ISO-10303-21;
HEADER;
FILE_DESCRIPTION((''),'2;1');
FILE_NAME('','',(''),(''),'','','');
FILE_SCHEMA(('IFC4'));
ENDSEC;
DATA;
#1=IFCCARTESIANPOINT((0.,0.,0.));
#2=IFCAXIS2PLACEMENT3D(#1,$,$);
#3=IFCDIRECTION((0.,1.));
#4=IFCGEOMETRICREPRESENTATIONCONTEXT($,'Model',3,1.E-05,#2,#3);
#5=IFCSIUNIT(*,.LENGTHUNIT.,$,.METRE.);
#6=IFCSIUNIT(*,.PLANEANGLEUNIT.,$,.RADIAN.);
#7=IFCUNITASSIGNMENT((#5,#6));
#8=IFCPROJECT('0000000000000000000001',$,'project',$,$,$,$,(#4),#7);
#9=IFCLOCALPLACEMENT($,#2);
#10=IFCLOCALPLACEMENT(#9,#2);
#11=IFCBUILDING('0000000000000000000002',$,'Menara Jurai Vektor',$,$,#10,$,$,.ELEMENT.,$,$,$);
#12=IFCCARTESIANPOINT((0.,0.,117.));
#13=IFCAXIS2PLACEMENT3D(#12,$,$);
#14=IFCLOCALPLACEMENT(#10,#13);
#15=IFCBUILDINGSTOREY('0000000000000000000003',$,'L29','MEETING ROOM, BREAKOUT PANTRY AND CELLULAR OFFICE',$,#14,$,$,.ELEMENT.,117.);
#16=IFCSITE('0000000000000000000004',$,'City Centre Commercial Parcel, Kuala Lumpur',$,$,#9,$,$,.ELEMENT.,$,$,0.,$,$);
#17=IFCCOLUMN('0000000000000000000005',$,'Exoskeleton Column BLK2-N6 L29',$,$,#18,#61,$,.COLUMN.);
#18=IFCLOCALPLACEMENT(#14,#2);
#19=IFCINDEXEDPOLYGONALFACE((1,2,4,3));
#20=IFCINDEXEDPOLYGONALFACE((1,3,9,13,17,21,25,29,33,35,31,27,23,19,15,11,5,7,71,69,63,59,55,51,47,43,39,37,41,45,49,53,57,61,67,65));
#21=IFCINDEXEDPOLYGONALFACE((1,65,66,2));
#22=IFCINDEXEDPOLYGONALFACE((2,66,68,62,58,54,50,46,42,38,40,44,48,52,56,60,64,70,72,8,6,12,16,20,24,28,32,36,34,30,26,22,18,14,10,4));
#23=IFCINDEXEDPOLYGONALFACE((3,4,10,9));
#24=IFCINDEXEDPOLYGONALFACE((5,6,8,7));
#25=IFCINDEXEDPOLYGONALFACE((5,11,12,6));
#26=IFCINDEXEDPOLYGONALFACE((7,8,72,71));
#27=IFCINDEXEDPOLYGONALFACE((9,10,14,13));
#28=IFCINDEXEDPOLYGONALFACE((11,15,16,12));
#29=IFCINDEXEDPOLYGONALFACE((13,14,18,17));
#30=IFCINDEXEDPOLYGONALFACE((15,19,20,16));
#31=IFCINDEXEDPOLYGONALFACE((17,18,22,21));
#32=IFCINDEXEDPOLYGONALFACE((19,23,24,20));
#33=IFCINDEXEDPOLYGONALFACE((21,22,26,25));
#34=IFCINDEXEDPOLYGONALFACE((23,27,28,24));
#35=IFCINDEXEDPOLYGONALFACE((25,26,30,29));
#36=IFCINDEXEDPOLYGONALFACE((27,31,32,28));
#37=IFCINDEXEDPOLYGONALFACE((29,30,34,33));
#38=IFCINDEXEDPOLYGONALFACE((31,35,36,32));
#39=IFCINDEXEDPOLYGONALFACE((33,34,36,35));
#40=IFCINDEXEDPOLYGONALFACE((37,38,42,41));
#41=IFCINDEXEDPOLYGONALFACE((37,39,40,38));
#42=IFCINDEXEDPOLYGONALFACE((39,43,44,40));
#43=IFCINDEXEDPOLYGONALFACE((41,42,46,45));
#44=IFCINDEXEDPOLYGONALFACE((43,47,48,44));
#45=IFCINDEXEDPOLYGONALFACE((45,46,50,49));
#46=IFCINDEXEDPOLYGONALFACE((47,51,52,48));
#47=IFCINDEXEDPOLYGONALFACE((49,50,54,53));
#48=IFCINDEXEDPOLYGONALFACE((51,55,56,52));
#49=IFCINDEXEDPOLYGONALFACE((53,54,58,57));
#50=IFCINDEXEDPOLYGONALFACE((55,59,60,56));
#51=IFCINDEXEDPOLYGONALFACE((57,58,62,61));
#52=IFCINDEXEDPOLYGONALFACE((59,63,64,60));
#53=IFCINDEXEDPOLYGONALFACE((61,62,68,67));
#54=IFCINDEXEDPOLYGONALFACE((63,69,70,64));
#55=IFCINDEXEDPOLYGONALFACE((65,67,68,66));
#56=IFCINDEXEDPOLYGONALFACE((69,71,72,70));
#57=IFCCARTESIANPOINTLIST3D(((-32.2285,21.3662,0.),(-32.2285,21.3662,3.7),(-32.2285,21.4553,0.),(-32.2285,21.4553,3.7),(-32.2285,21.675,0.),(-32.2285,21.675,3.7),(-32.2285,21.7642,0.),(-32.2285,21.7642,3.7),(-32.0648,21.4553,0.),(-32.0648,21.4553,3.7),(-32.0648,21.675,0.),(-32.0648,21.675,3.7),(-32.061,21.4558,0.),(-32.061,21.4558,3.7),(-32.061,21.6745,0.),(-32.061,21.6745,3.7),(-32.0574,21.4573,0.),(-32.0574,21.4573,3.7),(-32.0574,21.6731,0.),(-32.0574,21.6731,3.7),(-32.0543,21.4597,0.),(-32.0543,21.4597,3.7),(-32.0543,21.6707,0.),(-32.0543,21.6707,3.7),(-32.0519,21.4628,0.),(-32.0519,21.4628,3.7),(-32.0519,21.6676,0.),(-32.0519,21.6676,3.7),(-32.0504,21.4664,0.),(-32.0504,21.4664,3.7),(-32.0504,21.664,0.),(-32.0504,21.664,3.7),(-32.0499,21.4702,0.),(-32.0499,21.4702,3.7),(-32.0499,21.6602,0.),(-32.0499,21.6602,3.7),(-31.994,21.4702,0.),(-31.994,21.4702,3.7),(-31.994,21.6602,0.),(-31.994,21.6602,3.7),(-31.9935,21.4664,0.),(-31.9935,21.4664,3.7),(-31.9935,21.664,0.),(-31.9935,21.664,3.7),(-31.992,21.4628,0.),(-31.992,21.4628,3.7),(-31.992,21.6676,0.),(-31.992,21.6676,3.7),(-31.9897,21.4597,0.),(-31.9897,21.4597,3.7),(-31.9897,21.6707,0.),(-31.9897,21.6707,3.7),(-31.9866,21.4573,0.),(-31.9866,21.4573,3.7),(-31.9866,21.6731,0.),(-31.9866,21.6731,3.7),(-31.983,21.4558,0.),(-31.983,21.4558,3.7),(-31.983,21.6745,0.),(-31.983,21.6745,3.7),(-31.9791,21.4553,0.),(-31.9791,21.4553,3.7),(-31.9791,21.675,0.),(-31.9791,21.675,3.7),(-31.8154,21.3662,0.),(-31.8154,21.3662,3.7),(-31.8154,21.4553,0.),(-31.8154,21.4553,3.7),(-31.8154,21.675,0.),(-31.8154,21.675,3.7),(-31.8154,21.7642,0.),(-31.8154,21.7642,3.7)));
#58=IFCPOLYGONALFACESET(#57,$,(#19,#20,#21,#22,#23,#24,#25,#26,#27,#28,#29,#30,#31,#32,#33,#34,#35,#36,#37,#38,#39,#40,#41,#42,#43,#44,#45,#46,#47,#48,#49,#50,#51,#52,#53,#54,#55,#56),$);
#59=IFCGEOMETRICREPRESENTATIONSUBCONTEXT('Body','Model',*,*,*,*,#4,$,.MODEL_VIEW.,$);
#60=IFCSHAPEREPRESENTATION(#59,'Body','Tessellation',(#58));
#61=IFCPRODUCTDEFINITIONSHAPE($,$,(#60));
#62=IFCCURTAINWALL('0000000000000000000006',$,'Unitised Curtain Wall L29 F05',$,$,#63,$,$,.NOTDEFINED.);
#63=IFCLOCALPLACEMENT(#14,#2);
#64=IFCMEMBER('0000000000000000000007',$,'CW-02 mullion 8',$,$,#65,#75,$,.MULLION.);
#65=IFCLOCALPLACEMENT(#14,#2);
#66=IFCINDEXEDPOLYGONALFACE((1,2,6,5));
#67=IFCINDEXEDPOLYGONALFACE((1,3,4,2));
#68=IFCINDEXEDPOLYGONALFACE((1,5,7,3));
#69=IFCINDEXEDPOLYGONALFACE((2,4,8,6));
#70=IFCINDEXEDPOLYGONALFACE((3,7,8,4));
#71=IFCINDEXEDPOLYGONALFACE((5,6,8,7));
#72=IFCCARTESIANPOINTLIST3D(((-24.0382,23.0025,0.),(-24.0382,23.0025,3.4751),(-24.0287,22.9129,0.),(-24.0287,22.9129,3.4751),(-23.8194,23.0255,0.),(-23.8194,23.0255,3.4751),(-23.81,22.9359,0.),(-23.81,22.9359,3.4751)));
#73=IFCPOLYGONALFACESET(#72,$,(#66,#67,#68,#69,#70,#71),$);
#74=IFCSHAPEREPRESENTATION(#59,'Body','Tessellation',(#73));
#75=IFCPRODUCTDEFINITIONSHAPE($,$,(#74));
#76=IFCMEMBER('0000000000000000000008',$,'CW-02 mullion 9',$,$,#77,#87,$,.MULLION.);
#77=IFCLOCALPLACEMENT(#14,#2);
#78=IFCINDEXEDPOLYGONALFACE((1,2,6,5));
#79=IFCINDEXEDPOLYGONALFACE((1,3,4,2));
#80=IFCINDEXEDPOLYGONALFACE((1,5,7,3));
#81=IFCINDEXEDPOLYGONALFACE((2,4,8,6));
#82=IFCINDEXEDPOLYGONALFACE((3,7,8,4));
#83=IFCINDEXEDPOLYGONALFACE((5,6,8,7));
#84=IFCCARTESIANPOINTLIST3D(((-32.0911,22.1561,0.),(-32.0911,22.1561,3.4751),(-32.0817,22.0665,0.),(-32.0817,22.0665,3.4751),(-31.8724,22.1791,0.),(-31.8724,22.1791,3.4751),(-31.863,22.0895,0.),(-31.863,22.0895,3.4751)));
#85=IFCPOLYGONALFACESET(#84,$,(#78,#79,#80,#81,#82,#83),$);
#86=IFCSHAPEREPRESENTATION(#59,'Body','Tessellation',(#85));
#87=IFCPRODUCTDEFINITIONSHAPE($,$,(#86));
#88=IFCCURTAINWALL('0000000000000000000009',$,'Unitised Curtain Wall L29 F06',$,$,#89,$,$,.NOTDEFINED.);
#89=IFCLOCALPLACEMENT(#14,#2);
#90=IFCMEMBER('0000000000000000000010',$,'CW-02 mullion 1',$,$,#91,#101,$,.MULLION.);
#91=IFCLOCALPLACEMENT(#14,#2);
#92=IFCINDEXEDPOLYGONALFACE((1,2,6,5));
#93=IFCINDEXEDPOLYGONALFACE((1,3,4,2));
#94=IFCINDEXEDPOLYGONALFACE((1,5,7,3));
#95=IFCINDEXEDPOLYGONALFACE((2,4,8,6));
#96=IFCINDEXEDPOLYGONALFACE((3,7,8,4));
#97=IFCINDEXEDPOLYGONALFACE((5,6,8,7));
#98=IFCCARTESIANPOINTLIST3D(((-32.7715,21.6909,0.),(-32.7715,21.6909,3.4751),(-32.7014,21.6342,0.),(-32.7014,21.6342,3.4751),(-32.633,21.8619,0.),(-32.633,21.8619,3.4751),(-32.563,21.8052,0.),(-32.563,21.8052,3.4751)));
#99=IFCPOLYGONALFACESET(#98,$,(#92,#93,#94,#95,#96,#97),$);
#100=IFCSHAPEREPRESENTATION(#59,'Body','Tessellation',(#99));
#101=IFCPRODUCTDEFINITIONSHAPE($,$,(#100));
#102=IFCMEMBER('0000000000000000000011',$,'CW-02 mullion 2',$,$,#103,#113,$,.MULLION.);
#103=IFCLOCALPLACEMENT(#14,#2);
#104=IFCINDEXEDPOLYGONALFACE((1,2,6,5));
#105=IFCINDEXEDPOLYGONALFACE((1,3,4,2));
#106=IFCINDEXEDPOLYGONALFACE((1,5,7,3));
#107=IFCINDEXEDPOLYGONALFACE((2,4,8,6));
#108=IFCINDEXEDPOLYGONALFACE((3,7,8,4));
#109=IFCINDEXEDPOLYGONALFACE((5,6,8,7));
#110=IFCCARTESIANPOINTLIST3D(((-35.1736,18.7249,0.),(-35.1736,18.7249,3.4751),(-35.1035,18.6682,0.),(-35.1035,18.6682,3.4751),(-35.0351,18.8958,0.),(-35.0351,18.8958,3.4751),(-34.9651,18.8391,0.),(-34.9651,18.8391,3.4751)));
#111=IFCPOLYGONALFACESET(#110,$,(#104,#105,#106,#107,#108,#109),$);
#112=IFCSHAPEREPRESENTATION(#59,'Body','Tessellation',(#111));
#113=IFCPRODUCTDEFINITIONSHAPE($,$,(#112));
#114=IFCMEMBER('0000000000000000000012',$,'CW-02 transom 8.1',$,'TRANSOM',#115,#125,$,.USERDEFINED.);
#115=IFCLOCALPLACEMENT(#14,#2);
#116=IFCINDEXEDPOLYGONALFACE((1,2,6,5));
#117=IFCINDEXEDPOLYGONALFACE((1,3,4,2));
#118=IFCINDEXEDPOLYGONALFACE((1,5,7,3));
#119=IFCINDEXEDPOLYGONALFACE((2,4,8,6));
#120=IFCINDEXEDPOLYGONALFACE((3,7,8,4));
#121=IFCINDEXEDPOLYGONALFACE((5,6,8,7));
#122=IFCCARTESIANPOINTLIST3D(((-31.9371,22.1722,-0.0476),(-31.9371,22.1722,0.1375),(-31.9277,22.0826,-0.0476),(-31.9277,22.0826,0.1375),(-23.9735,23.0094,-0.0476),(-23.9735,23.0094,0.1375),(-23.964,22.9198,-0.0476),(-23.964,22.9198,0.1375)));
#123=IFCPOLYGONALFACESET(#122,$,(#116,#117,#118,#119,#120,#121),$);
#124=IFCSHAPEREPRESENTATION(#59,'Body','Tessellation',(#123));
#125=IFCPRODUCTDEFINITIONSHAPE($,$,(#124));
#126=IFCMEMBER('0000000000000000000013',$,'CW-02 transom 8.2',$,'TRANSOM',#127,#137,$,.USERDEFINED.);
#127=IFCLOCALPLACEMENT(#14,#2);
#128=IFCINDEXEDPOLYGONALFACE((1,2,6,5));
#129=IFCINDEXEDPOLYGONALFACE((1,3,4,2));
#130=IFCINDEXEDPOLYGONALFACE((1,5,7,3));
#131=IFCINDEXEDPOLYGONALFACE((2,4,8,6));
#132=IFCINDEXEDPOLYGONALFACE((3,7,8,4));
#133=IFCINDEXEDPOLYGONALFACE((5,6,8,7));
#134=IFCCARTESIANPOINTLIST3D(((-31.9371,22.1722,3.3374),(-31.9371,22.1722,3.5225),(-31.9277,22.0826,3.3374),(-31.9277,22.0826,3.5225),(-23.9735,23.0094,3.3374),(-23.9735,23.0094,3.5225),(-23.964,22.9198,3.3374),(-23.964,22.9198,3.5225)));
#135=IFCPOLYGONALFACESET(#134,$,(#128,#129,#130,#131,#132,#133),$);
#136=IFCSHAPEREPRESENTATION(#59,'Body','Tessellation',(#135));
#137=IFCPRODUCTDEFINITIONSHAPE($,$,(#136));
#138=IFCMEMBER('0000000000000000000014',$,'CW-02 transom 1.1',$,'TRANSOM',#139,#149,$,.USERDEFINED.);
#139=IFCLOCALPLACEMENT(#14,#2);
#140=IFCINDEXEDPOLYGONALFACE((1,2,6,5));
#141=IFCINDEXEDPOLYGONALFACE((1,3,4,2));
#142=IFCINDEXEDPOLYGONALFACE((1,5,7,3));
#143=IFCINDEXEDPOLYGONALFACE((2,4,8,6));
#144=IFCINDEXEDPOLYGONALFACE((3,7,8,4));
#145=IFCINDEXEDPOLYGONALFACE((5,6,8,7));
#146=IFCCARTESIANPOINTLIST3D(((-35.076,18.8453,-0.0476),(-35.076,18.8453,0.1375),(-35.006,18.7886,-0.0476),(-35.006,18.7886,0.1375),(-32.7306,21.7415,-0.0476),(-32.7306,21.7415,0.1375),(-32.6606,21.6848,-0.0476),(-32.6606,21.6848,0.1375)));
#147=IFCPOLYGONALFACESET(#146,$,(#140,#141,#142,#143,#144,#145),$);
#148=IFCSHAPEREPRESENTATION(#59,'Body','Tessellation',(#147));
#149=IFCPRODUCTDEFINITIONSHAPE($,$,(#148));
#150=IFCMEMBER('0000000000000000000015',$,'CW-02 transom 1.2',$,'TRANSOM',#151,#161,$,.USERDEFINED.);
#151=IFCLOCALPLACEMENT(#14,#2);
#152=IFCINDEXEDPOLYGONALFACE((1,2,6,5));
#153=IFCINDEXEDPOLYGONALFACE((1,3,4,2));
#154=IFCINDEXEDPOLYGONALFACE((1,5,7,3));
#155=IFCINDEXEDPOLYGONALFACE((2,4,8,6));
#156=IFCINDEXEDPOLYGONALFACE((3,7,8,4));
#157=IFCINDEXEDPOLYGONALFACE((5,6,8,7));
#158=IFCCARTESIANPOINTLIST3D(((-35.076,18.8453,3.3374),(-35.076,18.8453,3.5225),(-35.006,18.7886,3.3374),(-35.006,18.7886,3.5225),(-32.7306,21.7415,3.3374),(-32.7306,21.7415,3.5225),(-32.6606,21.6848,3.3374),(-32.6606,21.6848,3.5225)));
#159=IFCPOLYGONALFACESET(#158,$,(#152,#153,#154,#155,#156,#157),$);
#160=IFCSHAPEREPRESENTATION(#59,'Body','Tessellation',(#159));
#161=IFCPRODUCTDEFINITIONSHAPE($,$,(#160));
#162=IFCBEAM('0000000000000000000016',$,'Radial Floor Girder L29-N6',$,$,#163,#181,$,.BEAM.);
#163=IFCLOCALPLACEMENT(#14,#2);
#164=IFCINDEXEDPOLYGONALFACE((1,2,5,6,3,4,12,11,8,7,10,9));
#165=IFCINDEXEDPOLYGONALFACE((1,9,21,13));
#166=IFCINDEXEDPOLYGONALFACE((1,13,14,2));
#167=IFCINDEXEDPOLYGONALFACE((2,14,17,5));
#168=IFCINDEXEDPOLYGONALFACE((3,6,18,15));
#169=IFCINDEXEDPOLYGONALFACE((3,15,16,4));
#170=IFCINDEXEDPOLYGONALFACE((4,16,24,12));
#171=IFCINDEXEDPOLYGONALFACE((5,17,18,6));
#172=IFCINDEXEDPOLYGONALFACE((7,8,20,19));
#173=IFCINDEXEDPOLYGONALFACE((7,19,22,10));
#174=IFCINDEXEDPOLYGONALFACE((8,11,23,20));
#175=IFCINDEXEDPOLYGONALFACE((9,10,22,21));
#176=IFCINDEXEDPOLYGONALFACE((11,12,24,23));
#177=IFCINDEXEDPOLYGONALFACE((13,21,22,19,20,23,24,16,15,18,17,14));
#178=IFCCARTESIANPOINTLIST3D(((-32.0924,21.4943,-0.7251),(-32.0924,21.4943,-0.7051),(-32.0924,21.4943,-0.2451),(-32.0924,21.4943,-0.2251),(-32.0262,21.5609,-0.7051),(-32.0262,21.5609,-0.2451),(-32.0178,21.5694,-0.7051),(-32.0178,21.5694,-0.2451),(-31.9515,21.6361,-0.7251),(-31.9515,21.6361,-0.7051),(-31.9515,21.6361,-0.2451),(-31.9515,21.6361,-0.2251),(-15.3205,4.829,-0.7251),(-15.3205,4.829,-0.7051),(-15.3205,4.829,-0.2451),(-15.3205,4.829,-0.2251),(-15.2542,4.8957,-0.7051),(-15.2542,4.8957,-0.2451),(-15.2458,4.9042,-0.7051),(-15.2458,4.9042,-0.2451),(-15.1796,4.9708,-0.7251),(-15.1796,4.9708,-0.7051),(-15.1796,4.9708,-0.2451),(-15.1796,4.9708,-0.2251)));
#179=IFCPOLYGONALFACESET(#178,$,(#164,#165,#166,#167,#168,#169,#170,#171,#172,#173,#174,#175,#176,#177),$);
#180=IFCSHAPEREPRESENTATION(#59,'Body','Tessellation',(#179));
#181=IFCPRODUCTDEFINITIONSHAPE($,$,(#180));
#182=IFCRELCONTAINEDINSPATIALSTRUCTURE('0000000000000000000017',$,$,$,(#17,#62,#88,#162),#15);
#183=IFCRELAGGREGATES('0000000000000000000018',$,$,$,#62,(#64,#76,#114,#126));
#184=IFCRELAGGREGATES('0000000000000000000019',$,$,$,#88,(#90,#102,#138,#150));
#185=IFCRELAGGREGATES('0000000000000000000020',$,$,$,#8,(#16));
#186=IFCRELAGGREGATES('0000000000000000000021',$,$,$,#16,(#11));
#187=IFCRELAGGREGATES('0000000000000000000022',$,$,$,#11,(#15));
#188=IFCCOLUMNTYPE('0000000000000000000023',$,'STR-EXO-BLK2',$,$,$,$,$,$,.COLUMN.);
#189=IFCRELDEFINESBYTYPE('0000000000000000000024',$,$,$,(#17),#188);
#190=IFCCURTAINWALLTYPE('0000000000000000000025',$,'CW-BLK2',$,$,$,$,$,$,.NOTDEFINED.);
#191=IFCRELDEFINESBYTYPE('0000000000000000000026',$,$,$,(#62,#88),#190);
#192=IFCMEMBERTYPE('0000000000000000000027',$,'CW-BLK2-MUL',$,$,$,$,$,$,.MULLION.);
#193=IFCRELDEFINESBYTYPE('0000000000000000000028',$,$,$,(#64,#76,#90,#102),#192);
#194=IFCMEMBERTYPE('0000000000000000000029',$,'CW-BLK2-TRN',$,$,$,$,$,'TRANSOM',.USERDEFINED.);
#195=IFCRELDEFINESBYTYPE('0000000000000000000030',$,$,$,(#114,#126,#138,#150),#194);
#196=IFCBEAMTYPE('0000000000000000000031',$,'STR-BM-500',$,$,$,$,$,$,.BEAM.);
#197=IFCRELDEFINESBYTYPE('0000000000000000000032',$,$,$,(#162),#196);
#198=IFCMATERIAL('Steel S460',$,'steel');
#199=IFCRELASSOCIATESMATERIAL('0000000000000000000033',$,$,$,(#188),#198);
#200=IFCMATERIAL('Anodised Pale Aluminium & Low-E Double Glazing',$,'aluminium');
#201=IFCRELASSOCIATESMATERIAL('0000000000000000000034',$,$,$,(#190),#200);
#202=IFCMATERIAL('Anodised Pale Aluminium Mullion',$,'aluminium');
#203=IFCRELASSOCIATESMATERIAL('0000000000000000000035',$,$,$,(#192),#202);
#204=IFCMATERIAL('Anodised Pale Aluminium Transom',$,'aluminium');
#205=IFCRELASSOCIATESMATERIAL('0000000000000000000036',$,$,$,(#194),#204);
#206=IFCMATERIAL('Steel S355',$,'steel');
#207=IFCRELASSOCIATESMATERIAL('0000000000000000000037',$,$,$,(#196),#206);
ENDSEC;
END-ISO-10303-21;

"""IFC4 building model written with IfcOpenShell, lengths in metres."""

from ifc_helpers import new_model, si_unit, direction, frame, origin, origin_2d, place, context, subcontext, project, spatial, rectangle, i_section, extrude, material, material_profile, profile_set, type_object, element, aggregate, save


model = new_model("IFC4")

# Units and contexts
model_context = context("Model", 3, precision=1e-05, world=origin(), true_north=direction((0.0, 1.0)))
body_context = subcontext(model_context, "Body", "Model", "MODEL_VIEW")
ifc_project = project(units=[si_unit("LENGTHUNIT", "METRE"), si_unit("PLANEANGLEUNIT", "RADIAN")], contexts=[model_context])

# Site, building, storey
site_placement = place(None, origin())
site = spatial("IfcSite", under=ifc_project, at=site_placement, Name="City Centre Commercial Parcel, Kuala Lumpur", CompositionType="ELEMENT", RefElevation=0.0)
building_placement = place(site_placement, origin())
building = spatial("IfcBuilding", under=site, at=building_placement, Name="Menara Jurai Vektor", CompositionType="ELEMENT")
storey_placement = place(building_placement, frame((0.0, 0.0, 117.0)))
storey = spatial("IfcBuildingStorey", under=building, at=storey_placement, Name="L29", Description="MEETING ROOM, BREAKOUT PANTRY AND CELLULAR OFFICE", CompositionType="ELEMENT", Elevation=117.0)

# Column
ifc_material_1 = material(Name="Steel S460", Category="steel")
ifc_material_profile_1 = material_profile(ifc_material_1, i_section(OverallWidth=0.4131, OverallDepth=0.3979, WebThickness=0.0559, FlangeThickness=0.0891, FilletRadius=0.0149, at=origin_2d()), Name="HD 400x744")
ifc_profile_set_1 = profile_set([ifc_material_profile_1], Name="Steel S460")
column_type = type_object("IfcColumnType", Name="STR-EXO-BLK2", PredefinedType="COLUMN", material=ifc_profile_set_1)
column_placement = place(storey_placement, frame((-32.022, 21.5652, 0.0), z_axis=(0.0, 0.0, 1.0), x_axis=(1.0, 0.0, 0.0)))
element("IfcColumn", 1, at=column_placement, inside=storey, type_object=column_type, Name="Exoskeleton Column BLK2-N6 L29", PredefinedType="COLUMN", context=body_context, shape_type="SweptSolid", body=[
    extrude(i_section(OverallWidth=0.4131, OverallDepth=0.3979, WebThickness=0.0559, FlangeThickness=0.0891, FilletRadius=0.0149, at=origin_2d()), origin(), (0.0, 0.0, 1.0), 3.7),
])

# Curtain walls, members
ifc_material_2 = material(Name="Anodised Pale Aluminium & Low-E Double Glazing", Category="aluminium")
curtain_wall_type = type_object("IfcCurtainWallType", Name="CW-BLK2", PredefinedType="NOTDEFINED", material=ifc_material_2)
curtain_wall_1_placement = place(storey_placement, origin())
curtain_wall_1 = element("IfcCurtainWall", 2, at=curtain_wall_1_placement, inside=storey, type_object=curtain_wall_type, Name="Unitised Curtain Wall L29 F05", PredefinedType="NOTDEFINED")
ifc_material_3 = material(Name="Anodised Pale Aluminium Mullion", Category="aluminium")
ifc_material_profile_2 = material_profile(ifc_material_3, rectangle(XDim=0.0901, YDim=0.22, at=origin_2d()), Name="ALU MUL 90x220")
ifc_profile_set_2 = profile_set([ifc_material_profile_2], Name="Anodised Pale Aluminium Mullion")
member_type_1 = type_object("IfcMemberType", Name="CW-BLK2-MUL", PredefinedType="MULLION", material=ifc_profile_set_2)
member_1_placement = place(storey_placement, frame((-23.9241, 22.9692, 0.0), z_axis=(0.0, 0.0, 1.0), x_axis=(0.104529, -0.994522, 0.0)))
member_1 = element("IfcMember", 3, at=member_1_placement, type_object=member_type_1, Name="CW-02 mullion 8", PredefinedType="MULLION", context=body_context, shape_type="SweptSolid", body=[
    extrude(rectangle(XDim=0.0901, YDim=0.22, at=origin_2d()), origin(), (0.0, 0.0, 1.0), 3.4751),
])
member_2_placement = place(storey_placement, frame((-31.9771, 22.1228, 0.0), z_axis=(0.0, 0.0, 1.0), x_axis=(0.104529, -0.994522, 0.0)))
member_2 = element("IfcMember", 4, at=member_2_placement, type_object=member_type_1, Name="CW-02 mullion 9", PredefinedType="MULLION", context=body_context, shape_type="SweptSolid", body=[
    extrude(rectangle(XDim=0.0901, YDim=0.22, at=origin_2d()), origin(), (0.0, 0.0, 1.0), 3.4751),
])
curtain_wall_2_placement = place(storey_placement, origin())
curtain_wall_2 = element("IfcCurtainWall", 5, at=curtain_wall_2_placement, inside=storey, type_object=curtain_wall_type, Name="Unitised Curtain Wall L29 F06", PredefinedType="NOTDEFINED")
member_3_placement = place(storey_placement, frame((-32.6672, 21.748, 0.0), z_axis=(0.0, 0.0, 1.0), x_axis=(0.777129, -0.629341, 0.0)))
member_3 = element("IfcMember", 6, at=member_3_placement, type_object=member_type_1, Name="CW-02 mullion 1", PredefinedType="MULLION", context=body_context, shape_type="SweptSolid", body=[
    extrude(rectangle(XDim=0.0901, YDim=0.22, at=origin_2d()), origin(), (0.0, 0.0, 1.0), 3.4751),
])
member_4_placement = place(storey_placement, frame((-35.0693, 18.782, 0.0), z_axis=(0.0, 0.0, 1.0), x_axis=(0.777129, -0.629341, 0.0)))
member_4 = element("IfcMember", 7, at=member_4_placement, type_object=member_type_1, Name="CW-02 mullion 2", PredefinedType="MULLION", context=body_context, shape_type="SweptSolid", body=[
    extrude(rectangle(XDim=0.0901, YDim=0.22, at=origin_2d()), origin(), (0.0, 0.0, 1.0), 3.4751),
])

# Members
ifc_material_4 = material(Name="Anodised Pale Aluminium Transom", Category="aluminium")
ifc_material_profile_3 = material_profile(ifc_material_4, rectangle(XDim=0.0901, YDim=0.1851, at=origin_2d()), Name="ALU TRN 90x185")
ifc_profile_set_3 = profile_set([ifc_material_profile_3], Name="Anodised Pale Aluminium Transom")
member_type_2 = type_object("IfcMemberType", Name="CW-BLK2-TRN", ElementType="TRANSOM", PredefinedType="USERDEFINED", material=ifc_profile_set_3)
member_5_placement = place(storey_placement, frame((-23.9688, 22.9646, 0.0449), z_axis=(-0.99452, -0.104547, 0.0), x_axis=(0.104547, -0.99452, 0.0)))
member_5 = element("IfcMember", 8, at=member_5_placement, type_object=member_type_2, Name="CW-02 transom 8.1", ObjectType="TRANSOM", PredefinedType="USERDEFINED", context=body_context, shape_type="SweptSolid", body=[
    extrude(rectangle(XDim=0.0901, YDim=0.1851, at=origin_2d()), origin(), (0.0, 0.0, 1.0), 8.0076),
])
member_6_placement = place(storey_placement, frame((-23.9688, 22.9646, 3.4299), z_axis=(-0.99452, -0.104547, 0.0), x_axis=(0.104547, -0.99452, 0.0)))
member_6 = element("IfcMember", 9, at=member_6_placement, type_object=member_type_2, Name="CW-02 transom 8.2", ObjectType="TRANSOM", PredefinedType="USERDEFINED", context=body_context, shape_type="SweptSolid", body=[
    extrude(rectangle(XDim=0.0901, YDim=0.1851, at=origin_2d()), origin(), (0.0, 0.0, 1.0), 8.0076),
])
member_7_placement = place(storey_placement, frame((-32.6956, 21.7131, 0.0449), z_axis=(-0.629341, -0.777129, 0.0), x_axis=(0.777129, -0.629341, 0.0)))
member_7 = element("IfcMember", 10, at=member_7_placement, type_object=member_type_2, Name="CW-02 transom 1.1", ObjectType="TRANSOM", PredefinedType="USERDEFINED", context=body_context, shape_type="SweptSolid", body=[
    extrude(rectangle(XDim=0.0901, YDim=0.1851, at=origin_2d()), origin(), (0.0, 0.0, 1.0), 3.7268),
])
member_8_placement = place(storey_placement, frame((-32.6956, 21.7131, 3.4299), z_axis=(-0.629341, -0.777129, 0.0), x_axis=(0.777129, -0.629341, 0.0)))
member_8 = element("IfcMember", 11, at=member_8_placement, type_object=member_type_2, Name="CW-02 transom 1.2", ObjectType="TRANSOM", PredefinedType="USERDEFINED", context=body_context, shape_type="SweptSolid", body=[
    extrude(rectangle(XDim=0.0901, YDim=0.1851, at=origin_2d()), origin(), (0.0, 0.0, 1.0), 3.7268),
])

# Beam
ifc_material_5 = material(Name="Steel S355", Category="steel")
ifc_material_profile_4 = material_profile(ifc_material_5, i_section(OverallWidth=0.2, OverallDepth=0.5, WebThickness=0.012, FlangeThickness=0.02, at=origin_2d()), Name="PG 500x200x96")
ifc_profile_set_4 = profile_set([ifc_material_profile_4], Name="Steel S355")
beam_type_1 = type_object("IfcBeamType", Name="STR-BM-500", PredefinedType="BEAM", material=ifc_profile_set_4)
beam_1_placement = place(storey_placement, frame((-32.022, 21.5652, -0.4751), z_axis=(0.709359, -0.704847, 0.0), x_axis=(0.704847, 0.709359, 0.0)))
element("IfcBeam", 12, at=beam_1_placement, inside=storey, type_object=beam_type_1, Name="Radial Floor Girder L29-N6", PredefinedType="BEAM", context=body_context, shape_type="SweptSolid", body=[
    extrude(i_section(OverallWidth=0.2, OverallDepth=0.5, WebThickness=0.012, FlangeThickness=0.02, at=origin_2d()), origin(), (0.0, 0.0, 1.0), 23.6438),
])

aggregate(curtain_wall_1, [member_1, member_2, member_5, member_6])
aggregate(curtain_wall_2, [member_3, member_4, member_7, member_8])

save(model, "model.ifc")
